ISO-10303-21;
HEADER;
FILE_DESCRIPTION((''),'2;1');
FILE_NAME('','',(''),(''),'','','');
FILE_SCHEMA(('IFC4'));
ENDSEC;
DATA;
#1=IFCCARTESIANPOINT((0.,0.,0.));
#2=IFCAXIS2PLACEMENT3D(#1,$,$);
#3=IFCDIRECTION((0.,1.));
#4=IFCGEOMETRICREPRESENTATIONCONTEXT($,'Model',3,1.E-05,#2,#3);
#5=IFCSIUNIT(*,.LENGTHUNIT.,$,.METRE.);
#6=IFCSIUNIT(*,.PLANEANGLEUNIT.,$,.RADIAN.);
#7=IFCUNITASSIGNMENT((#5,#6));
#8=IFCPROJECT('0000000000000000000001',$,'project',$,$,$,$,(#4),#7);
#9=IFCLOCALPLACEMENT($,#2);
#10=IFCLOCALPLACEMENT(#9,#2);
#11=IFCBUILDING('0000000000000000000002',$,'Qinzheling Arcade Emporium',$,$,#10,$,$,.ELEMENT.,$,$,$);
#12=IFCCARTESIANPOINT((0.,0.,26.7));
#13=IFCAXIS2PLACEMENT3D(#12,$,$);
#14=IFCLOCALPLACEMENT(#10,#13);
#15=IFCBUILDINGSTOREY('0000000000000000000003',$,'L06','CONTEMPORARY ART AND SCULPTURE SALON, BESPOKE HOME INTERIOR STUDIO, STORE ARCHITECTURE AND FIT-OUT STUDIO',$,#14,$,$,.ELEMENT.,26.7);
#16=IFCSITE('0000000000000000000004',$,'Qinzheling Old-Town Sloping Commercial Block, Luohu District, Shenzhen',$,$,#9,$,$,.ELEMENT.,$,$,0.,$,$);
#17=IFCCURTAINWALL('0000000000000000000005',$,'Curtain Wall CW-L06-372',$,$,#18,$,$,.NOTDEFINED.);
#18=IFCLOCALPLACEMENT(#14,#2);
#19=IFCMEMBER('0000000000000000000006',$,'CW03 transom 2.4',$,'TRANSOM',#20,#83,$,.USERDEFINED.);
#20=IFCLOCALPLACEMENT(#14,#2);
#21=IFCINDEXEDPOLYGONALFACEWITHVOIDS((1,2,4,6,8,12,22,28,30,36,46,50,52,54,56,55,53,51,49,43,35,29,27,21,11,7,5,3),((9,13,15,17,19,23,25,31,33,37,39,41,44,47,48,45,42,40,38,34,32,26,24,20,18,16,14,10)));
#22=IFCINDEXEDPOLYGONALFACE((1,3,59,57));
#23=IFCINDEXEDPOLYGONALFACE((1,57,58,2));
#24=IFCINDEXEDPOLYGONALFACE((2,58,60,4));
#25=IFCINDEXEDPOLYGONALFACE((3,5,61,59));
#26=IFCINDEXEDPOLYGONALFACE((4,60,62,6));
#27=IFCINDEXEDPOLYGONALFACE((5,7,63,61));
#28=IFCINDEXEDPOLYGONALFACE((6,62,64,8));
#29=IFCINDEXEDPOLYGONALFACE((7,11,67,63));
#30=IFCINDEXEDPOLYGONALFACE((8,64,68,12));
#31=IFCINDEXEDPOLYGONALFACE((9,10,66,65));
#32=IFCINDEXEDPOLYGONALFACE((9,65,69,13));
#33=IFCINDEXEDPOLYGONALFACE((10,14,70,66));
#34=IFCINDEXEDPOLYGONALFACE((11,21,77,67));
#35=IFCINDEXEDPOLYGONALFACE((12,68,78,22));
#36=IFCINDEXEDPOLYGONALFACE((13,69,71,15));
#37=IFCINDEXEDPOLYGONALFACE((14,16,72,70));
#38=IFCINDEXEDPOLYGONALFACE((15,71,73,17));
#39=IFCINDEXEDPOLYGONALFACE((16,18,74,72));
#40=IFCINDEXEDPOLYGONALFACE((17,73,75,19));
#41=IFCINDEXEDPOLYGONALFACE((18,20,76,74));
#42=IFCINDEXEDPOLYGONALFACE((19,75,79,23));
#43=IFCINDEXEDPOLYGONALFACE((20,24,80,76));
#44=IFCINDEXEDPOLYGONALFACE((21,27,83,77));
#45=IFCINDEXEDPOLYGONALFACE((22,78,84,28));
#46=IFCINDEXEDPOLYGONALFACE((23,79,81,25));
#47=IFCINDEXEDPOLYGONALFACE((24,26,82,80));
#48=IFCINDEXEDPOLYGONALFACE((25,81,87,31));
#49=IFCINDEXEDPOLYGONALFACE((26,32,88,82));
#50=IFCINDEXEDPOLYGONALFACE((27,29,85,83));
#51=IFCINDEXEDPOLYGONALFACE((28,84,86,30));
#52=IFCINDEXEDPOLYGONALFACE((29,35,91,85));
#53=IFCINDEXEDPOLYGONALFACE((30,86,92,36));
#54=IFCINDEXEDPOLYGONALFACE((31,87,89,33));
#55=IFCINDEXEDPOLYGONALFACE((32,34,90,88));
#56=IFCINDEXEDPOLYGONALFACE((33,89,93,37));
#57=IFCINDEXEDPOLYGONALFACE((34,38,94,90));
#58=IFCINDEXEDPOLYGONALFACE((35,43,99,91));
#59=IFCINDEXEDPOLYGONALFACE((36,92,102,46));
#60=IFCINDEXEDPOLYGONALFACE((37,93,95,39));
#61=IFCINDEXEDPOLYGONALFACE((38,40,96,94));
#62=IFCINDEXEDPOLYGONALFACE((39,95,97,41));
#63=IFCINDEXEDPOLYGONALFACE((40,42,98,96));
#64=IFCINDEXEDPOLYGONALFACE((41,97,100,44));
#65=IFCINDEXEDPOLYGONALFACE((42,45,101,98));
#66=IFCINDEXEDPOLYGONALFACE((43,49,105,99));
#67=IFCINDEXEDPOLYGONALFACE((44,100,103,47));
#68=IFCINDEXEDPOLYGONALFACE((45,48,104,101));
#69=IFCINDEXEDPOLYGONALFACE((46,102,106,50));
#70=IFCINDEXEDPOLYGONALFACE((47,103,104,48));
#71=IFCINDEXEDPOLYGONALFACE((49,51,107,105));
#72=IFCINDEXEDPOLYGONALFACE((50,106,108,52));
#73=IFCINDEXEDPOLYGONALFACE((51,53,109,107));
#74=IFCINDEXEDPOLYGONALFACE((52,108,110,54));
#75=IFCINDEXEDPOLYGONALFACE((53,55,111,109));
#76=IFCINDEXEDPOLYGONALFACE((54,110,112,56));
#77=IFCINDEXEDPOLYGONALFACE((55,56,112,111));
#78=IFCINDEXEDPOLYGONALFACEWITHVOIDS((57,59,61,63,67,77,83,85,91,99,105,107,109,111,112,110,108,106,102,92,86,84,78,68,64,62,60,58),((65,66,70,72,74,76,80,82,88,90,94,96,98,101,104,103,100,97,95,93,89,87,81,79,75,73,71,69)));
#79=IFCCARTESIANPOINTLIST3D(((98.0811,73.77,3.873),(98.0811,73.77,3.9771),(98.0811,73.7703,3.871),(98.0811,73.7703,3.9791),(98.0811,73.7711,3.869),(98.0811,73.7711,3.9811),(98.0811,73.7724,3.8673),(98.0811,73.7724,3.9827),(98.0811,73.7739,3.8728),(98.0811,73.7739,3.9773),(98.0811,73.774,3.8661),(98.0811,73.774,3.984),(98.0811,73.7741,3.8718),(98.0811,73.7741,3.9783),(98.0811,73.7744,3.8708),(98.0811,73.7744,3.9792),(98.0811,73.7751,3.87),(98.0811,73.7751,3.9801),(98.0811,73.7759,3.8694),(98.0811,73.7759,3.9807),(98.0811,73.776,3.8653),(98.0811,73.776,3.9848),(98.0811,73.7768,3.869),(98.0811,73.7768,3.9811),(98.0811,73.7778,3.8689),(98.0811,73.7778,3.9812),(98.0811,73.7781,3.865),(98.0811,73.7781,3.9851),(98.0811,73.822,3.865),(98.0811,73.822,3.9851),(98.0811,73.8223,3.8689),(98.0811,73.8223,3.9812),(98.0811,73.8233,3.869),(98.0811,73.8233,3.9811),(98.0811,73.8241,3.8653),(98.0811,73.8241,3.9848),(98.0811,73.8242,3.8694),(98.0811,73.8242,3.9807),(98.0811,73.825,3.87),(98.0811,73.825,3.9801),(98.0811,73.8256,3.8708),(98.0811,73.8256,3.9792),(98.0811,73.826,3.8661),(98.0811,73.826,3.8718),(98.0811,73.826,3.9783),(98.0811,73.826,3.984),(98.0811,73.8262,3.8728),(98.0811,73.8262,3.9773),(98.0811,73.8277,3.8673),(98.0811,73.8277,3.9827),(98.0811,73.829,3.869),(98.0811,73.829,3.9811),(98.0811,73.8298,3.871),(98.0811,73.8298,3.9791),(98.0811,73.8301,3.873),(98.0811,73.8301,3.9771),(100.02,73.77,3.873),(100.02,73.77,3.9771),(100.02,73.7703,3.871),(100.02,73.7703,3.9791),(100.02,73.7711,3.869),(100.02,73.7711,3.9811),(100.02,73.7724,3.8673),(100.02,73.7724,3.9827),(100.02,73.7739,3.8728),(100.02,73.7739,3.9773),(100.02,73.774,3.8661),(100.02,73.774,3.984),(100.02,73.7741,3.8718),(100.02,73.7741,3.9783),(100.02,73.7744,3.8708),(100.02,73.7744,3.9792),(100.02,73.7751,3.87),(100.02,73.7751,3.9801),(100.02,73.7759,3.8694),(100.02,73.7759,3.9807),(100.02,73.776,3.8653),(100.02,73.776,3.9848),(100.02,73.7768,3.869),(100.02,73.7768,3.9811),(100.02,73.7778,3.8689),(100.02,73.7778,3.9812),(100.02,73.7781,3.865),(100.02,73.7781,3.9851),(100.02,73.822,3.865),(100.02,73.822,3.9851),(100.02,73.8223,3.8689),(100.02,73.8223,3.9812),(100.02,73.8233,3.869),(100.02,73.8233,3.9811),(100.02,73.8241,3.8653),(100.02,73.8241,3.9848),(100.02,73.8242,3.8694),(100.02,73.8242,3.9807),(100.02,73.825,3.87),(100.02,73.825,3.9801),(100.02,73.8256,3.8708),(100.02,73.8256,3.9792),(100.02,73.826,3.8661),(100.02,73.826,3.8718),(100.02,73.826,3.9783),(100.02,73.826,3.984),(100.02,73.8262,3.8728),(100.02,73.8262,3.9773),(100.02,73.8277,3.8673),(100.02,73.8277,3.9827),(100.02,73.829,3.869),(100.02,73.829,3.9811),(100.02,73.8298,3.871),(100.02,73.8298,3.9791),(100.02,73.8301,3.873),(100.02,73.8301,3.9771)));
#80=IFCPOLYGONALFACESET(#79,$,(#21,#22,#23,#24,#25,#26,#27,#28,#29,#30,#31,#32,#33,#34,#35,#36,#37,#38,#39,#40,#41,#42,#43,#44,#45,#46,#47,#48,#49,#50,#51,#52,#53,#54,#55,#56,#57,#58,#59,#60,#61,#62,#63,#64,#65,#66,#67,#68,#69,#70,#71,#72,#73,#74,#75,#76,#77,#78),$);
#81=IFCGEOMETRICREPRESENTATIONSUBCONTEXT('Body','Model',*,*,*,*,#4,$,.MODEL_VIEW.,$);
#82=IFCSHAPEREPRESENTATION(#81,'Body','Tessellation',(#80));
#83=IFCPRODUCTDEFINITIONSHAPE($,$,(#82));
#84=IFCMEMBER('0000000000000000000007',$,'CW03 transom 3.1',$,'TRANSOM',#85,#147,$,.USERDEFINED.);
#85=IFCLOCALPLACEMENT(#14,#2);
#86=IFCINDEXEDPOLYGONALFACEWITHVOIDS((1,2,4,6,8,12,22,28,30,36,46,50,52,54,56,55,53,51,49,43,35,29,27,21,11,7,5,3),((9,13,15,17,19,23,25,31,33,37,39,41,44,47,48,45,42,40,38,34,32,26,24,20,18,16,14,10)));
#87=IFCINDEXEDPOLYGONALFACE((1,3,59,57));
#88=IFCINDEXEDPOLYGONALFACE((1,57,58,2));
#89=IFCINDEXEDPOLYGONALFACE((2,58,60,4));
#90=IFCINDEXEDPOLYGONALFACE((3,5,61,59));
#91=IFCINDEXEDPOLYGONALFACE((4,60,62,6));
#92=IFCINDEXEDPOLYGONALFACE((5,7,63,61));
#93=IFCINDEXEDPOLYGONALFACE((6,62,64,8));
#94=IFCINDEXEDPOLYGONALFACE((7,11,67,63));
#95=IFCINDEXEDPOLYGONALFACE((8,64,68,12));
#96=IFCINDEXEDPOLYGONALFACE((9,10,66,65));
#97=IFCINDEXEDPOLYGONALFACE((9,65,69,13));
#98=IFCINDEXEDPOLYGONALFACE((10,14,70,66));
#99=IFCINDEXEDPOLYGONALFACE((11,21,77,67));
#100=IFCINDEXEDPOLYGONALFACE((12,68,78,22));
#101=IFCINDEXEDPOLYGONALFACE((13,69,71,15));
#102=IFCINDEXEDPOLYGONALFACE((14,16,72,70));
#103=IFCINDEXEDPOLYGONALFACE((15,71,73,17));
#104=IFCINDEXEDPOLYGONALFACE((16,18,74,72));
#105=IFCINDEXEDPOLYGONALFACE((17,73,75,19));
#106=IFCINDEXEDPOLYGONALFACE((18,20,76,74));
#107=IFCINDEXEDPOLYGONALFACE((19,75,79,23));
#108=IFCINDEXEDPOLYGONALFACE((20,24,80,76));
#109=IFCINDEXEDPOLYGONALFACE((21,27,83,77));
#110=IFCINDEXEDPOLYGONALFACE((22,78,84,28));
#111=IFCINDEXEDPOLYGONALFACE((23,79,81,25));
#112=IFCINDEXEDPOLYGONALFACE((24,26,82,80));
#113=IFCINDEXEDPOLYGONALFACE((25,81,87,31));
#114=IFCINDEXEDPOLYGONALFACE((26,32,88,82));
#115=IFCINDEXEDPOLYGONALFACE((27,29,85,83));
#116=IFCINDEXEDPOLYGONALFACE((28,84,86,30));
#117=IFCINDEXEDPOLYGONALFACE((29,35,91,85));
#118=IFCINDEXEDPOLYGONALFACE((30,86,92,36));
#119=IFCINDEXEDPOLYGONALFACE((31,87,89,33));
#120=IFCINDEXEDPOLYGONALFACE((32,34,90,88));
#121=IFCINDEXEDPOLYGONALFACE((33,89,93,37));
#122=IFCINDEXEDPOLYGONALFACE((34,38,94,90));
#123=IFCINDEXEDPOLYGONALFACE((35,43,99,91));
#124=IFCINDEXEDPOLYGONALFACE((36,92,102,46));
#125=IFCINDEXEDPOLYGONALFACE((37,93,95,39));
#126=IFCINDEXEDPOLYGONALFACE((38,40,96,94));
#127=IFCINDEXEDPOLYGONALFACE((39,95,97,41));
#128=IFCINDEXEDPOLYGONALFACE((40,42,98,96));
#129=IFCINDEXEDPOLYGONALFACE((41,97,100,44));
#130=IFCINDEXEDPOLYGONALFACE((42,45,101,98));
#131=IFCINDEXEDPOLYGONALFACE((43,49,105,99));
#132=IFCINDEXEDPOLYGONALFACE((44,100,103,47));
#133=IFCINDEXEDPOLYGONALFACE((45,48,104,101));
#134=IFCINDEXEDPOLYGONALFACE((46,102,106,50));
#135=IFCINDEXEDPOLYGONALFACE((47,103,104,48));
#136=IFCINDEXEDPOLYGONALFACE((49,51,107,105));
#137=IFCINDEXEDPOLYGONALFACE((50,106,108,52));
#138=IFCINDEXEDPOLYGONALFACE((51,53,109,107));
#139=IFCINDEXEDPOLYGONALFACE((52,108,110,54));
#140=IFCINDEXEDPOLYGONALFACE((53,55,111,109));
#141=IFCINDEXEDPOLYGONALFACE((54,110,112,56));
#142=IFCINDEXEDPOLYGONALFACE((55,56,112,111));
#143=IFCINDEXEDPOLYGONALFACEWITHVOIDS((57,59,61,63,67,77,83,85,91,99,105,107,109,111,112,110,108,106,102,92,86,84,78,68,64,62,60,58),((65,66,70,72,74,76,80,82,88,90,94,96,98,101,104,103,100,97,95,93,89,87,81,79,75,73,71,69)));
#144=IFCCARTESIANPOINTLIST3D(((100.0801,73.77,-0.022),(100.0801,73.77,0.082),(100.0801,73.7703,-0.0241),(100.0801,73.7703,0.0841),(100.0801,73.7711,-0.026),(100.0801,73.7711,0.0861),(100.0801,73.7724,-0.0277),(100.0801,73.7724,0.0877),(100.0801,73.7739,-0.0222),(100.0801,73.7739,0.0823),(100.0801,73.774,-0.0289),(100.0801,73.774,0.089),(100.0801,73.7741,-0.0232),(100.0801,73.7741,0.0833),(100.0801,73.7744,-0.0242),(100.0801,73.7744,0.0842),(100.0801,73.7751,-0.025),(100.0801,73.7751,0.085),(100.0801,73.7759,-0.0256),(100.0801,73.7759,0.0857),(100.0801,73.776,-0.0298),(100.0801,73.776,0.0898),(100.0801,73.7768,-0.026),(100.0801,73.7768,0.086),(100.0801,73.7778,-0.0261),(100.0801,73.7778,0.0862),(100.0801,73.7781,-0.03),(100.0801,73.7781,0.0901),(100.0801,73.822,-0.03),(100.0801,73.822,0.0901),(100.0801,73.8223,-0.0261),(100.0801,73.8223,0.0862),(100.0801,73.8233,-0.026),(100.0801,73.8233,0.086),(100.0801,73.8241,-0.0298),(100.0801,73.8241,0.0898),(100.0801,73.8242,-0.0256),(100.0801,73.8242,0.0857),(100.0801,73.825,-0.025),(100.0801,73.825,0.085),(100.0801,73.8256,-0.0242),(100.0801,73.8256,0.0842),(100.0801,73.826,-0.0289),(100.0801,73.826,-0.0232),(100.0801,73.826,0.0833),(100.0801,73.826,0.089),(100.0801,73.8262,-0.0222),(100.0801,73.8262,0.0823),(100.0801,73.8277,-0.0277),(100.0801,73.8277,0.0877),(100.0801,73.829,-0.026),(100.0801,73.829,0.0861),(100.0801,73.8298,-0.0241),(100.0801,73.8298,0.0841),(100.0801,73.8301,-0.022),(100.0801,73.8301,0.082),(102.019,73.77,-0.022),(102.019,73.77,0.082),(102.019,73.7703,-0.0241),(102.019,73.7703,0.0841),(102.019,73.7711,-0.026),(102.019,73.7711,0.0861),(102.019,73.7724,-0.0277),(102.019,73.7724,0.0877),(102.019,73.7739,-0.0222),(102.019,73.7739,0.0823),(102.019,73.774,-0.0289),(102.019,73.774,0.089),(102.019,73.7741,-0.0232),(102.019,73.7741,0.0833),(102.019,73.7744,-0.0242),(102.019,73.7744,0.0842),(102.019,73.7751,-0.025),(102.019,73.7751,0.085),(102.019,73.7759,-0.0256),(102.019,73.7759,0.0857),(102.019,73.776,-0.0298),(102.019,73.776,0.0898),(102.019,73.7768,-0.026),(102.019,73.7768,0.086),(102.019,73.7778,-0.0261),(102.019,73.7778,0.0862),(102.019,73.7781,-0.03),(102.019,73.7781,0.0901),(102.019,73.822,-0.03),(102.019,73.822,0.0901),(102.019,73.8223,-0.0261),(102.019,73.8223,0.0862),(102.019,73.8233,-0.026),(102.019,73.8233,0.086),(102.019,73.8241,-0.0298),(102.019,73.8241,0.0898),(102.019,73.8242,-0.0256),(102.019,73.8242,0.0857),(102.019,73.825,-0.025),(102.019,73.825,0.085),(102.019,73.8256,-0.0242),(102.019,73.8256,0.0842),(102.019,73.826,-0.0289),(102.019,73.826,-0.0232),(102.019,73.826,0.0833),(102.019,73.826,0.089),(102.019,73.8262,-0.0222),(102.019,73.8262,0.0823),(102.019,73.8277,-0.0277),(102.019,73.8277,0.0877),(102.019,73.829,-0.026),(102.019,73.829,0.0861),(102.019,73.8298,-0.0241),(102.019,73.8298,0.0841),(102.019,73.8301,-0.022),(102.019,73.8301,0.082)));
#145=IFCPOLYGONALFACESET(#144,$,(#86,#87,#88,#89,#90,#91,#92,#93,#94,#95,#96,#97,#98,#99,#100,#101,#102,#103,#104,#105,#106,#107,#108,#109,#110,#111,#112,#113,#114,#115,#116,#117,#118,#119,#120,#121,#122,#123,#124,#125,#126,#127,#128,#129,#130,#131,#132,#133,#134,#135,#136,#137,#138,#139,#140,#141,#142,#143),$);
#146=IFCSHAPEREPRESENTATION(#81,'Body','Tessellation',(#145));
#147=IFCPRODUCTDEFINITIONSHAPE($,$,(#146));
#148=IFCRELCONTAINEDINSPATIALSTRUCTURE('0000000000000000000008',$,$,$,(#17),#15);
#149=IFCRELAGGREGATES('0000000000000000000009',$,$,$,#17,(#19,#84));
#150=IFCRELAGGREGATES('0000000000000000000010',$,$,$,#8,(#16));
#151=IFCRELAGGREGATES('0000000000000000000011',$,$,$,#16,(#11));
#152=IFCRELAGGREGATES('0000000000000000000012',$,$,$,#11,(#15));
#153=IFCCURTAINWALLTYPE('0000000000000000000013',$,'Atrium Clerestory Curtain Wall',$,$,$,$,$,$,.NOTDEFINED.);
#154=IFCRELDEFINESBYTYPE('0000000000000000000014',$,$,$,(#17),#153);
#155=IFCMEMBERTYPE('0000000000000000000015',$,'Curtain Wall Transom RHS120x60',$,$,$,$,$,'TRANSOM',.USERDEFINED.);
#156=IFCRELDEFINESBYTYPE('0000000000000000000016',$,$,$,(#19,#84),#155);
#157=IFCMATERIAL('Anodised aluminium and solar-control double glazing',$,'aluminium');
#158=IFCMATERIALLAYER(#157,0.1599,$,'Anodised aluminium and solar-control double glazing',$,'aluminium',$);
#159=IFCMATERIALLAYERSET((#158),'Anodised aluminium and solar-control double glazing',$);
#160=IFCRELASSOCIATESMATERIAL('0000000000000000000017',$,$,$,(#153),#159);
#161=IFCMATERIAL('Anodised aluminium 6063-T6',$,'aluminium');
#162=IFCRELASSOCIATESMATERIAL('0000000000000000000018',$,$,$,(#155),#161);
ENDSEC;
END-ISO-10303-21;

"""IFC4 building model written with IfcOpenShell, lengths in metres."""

from ifc_helpers import new_model, si_unit, direction, frame, origin, origin_2d, place, context, subcontext, project, spatial, hollow_rectangle, extrude, material, layer, layer_set, material_profile, profile_set, type_object, element, aggregate, save


model = new_model("IFC4")

# Units and contexts
model_context = context("Model", 3, precision=1e-05, world=origin(), true_north=direction((0.0, 1.0)))
body_context = subcontext(model_context, "Body", "Model", "MODEL_VIEW")
ifc_project = project(units=[si_unit("LENGTHUNIT", "METRE"), si_unit("PLANEANGLEUNIT", "RADIAN")], contexts=[model_context])

# Site, building, storey
site_placement = place(None, origin())
site = spatial("IfcSite", under=ifc_project, at=site_placement, Name="Qinzheling Old-Town Sloping Commercial Block, Luohu District, Shenzhen", CompositionType="ELEMENT", RefElevation=0.0)
building_placement = place(site_placement, origin())
building = spatial("IfcBuilding", under=site, at=building_placement, Name="Qinzheling Arcade Emporium", CompositionType="ELEMENT")
storey_placement = place(building_placement, frame((0.0, 0.0, 26.7)))
storey = spatial("IfcBuildingStorey", under=building, at=storey_placement, Name="L06", Description="CONTEMPORARY ART AND SCULPTURE SALON, BESPOKE HOME INTERIOR STUDIO, STORE ARCHITECTURE AND FIT-OUT STUDIO", CompositionType="ELEMENT", Elevation=26.7)

# Curtain wall, members
ifc_material_1 = material(Name="Anodised aluminium and solar-control double glazing", Category="aluminium")
ifc_layer_1 = layer(ifc_material_1, 0.1599, Name="Anodised aluminium and solar-control double glazing", Category="aluminium")
ifc_layer_set_1 = layer_set([ifc_layer_1], Name="Anodised aluminium and solar-control double glazing")
curtain_wall_type = type_object("IfcCurtainWallType", Name="Atrium Clerestory Curtain Wall", PredefinedType="NOTDEFINED", material=ifc_layer_set_1)
curtain_wall_placement = place(storey_placement, origin())
curtain_wall = element("IfcCurtainWall", 1, at=curtain_wall_placement, inside=storey, type_object=curtain_wall_type, Name="Curtain Wall CW-L06-372", PredefinedType="NOTDEFINED")
ifc_material_2 = material(Name="Anodised aluminium 6063-T6", Category="aluminium")
ifc_material_profile_1 = material_profile(ifc_material_2, hollow_rectangle(XDim=0.0601, YDim=0.1201, WallThickness=0.0039, InnerFilletRadius=0.0039, OuterFilletRadius=0.0081, at=origin_2d()), Name="RHS 120x60x4", Category="aluminium")
ifc_profile_set_1 = profile_set([ifc_material_profile_1], Name="Anodised aluminium 6063-T6")
member_type_1 = type_object("IfcMemberType", Name="Curtain Wall Transom RHS120x60", ElementType="TRANSOM", PredefinedType="USERDEFINED", material=ifc_profile_set_1)
member_1_placement = place(storey_placement, frame((98.0811, 73.8, 3.925), z_axis=(1.0, 0.0, 0.0), x_axis=(0.0, 1.0, 0.0)))
member_1 = element("IfcMember", 2, at=member_1_placement, type_object=member_type_1, Name="CW03 transom 2.4", ObjectType="TRANSOM", PredefinedType="USERDEFINED", context=body_context, shape_type="SweptSolid", body=[
    extrude(hollow_rectangle(XDim=0.0601, YDim=0.1201, WallThickness=0.0039, InnerFilletRadius=0.0039, OuterFilletRadius=0.0081, at=origin_2d()), origin(), (0.0, 0.0, 1.0), 1.939),
])
member_2_placement = place(storey_placement, frame((100.0801, 73.8, 0.03), z_axis=(1.0, 0.0, 0.0), x_axis=(0.0, 1.0, 0.0)))
member_2 = element("IfcMember", 3, at=member_2_placement, type_object=member_type_1, Name="CW03 transom 3.1", ObjectType="TRANSOM", PredefinedType="USERDEFINED", context=body_context, shape_type="SweptSolid", body=[
    extrude(hollow_rectangle(XDim=0.0601, YDim=0.1201, WallThickness=0.0039, InnerFilletRadius=0.0039, OuterFilletRadius=0.0081, at=origin_2d()), origin(), (0.0, 0.0, 1.0), 1.939),
])

aggregate(curtain_wall, [member_1, member_2])

save(model, "model.ifc")
